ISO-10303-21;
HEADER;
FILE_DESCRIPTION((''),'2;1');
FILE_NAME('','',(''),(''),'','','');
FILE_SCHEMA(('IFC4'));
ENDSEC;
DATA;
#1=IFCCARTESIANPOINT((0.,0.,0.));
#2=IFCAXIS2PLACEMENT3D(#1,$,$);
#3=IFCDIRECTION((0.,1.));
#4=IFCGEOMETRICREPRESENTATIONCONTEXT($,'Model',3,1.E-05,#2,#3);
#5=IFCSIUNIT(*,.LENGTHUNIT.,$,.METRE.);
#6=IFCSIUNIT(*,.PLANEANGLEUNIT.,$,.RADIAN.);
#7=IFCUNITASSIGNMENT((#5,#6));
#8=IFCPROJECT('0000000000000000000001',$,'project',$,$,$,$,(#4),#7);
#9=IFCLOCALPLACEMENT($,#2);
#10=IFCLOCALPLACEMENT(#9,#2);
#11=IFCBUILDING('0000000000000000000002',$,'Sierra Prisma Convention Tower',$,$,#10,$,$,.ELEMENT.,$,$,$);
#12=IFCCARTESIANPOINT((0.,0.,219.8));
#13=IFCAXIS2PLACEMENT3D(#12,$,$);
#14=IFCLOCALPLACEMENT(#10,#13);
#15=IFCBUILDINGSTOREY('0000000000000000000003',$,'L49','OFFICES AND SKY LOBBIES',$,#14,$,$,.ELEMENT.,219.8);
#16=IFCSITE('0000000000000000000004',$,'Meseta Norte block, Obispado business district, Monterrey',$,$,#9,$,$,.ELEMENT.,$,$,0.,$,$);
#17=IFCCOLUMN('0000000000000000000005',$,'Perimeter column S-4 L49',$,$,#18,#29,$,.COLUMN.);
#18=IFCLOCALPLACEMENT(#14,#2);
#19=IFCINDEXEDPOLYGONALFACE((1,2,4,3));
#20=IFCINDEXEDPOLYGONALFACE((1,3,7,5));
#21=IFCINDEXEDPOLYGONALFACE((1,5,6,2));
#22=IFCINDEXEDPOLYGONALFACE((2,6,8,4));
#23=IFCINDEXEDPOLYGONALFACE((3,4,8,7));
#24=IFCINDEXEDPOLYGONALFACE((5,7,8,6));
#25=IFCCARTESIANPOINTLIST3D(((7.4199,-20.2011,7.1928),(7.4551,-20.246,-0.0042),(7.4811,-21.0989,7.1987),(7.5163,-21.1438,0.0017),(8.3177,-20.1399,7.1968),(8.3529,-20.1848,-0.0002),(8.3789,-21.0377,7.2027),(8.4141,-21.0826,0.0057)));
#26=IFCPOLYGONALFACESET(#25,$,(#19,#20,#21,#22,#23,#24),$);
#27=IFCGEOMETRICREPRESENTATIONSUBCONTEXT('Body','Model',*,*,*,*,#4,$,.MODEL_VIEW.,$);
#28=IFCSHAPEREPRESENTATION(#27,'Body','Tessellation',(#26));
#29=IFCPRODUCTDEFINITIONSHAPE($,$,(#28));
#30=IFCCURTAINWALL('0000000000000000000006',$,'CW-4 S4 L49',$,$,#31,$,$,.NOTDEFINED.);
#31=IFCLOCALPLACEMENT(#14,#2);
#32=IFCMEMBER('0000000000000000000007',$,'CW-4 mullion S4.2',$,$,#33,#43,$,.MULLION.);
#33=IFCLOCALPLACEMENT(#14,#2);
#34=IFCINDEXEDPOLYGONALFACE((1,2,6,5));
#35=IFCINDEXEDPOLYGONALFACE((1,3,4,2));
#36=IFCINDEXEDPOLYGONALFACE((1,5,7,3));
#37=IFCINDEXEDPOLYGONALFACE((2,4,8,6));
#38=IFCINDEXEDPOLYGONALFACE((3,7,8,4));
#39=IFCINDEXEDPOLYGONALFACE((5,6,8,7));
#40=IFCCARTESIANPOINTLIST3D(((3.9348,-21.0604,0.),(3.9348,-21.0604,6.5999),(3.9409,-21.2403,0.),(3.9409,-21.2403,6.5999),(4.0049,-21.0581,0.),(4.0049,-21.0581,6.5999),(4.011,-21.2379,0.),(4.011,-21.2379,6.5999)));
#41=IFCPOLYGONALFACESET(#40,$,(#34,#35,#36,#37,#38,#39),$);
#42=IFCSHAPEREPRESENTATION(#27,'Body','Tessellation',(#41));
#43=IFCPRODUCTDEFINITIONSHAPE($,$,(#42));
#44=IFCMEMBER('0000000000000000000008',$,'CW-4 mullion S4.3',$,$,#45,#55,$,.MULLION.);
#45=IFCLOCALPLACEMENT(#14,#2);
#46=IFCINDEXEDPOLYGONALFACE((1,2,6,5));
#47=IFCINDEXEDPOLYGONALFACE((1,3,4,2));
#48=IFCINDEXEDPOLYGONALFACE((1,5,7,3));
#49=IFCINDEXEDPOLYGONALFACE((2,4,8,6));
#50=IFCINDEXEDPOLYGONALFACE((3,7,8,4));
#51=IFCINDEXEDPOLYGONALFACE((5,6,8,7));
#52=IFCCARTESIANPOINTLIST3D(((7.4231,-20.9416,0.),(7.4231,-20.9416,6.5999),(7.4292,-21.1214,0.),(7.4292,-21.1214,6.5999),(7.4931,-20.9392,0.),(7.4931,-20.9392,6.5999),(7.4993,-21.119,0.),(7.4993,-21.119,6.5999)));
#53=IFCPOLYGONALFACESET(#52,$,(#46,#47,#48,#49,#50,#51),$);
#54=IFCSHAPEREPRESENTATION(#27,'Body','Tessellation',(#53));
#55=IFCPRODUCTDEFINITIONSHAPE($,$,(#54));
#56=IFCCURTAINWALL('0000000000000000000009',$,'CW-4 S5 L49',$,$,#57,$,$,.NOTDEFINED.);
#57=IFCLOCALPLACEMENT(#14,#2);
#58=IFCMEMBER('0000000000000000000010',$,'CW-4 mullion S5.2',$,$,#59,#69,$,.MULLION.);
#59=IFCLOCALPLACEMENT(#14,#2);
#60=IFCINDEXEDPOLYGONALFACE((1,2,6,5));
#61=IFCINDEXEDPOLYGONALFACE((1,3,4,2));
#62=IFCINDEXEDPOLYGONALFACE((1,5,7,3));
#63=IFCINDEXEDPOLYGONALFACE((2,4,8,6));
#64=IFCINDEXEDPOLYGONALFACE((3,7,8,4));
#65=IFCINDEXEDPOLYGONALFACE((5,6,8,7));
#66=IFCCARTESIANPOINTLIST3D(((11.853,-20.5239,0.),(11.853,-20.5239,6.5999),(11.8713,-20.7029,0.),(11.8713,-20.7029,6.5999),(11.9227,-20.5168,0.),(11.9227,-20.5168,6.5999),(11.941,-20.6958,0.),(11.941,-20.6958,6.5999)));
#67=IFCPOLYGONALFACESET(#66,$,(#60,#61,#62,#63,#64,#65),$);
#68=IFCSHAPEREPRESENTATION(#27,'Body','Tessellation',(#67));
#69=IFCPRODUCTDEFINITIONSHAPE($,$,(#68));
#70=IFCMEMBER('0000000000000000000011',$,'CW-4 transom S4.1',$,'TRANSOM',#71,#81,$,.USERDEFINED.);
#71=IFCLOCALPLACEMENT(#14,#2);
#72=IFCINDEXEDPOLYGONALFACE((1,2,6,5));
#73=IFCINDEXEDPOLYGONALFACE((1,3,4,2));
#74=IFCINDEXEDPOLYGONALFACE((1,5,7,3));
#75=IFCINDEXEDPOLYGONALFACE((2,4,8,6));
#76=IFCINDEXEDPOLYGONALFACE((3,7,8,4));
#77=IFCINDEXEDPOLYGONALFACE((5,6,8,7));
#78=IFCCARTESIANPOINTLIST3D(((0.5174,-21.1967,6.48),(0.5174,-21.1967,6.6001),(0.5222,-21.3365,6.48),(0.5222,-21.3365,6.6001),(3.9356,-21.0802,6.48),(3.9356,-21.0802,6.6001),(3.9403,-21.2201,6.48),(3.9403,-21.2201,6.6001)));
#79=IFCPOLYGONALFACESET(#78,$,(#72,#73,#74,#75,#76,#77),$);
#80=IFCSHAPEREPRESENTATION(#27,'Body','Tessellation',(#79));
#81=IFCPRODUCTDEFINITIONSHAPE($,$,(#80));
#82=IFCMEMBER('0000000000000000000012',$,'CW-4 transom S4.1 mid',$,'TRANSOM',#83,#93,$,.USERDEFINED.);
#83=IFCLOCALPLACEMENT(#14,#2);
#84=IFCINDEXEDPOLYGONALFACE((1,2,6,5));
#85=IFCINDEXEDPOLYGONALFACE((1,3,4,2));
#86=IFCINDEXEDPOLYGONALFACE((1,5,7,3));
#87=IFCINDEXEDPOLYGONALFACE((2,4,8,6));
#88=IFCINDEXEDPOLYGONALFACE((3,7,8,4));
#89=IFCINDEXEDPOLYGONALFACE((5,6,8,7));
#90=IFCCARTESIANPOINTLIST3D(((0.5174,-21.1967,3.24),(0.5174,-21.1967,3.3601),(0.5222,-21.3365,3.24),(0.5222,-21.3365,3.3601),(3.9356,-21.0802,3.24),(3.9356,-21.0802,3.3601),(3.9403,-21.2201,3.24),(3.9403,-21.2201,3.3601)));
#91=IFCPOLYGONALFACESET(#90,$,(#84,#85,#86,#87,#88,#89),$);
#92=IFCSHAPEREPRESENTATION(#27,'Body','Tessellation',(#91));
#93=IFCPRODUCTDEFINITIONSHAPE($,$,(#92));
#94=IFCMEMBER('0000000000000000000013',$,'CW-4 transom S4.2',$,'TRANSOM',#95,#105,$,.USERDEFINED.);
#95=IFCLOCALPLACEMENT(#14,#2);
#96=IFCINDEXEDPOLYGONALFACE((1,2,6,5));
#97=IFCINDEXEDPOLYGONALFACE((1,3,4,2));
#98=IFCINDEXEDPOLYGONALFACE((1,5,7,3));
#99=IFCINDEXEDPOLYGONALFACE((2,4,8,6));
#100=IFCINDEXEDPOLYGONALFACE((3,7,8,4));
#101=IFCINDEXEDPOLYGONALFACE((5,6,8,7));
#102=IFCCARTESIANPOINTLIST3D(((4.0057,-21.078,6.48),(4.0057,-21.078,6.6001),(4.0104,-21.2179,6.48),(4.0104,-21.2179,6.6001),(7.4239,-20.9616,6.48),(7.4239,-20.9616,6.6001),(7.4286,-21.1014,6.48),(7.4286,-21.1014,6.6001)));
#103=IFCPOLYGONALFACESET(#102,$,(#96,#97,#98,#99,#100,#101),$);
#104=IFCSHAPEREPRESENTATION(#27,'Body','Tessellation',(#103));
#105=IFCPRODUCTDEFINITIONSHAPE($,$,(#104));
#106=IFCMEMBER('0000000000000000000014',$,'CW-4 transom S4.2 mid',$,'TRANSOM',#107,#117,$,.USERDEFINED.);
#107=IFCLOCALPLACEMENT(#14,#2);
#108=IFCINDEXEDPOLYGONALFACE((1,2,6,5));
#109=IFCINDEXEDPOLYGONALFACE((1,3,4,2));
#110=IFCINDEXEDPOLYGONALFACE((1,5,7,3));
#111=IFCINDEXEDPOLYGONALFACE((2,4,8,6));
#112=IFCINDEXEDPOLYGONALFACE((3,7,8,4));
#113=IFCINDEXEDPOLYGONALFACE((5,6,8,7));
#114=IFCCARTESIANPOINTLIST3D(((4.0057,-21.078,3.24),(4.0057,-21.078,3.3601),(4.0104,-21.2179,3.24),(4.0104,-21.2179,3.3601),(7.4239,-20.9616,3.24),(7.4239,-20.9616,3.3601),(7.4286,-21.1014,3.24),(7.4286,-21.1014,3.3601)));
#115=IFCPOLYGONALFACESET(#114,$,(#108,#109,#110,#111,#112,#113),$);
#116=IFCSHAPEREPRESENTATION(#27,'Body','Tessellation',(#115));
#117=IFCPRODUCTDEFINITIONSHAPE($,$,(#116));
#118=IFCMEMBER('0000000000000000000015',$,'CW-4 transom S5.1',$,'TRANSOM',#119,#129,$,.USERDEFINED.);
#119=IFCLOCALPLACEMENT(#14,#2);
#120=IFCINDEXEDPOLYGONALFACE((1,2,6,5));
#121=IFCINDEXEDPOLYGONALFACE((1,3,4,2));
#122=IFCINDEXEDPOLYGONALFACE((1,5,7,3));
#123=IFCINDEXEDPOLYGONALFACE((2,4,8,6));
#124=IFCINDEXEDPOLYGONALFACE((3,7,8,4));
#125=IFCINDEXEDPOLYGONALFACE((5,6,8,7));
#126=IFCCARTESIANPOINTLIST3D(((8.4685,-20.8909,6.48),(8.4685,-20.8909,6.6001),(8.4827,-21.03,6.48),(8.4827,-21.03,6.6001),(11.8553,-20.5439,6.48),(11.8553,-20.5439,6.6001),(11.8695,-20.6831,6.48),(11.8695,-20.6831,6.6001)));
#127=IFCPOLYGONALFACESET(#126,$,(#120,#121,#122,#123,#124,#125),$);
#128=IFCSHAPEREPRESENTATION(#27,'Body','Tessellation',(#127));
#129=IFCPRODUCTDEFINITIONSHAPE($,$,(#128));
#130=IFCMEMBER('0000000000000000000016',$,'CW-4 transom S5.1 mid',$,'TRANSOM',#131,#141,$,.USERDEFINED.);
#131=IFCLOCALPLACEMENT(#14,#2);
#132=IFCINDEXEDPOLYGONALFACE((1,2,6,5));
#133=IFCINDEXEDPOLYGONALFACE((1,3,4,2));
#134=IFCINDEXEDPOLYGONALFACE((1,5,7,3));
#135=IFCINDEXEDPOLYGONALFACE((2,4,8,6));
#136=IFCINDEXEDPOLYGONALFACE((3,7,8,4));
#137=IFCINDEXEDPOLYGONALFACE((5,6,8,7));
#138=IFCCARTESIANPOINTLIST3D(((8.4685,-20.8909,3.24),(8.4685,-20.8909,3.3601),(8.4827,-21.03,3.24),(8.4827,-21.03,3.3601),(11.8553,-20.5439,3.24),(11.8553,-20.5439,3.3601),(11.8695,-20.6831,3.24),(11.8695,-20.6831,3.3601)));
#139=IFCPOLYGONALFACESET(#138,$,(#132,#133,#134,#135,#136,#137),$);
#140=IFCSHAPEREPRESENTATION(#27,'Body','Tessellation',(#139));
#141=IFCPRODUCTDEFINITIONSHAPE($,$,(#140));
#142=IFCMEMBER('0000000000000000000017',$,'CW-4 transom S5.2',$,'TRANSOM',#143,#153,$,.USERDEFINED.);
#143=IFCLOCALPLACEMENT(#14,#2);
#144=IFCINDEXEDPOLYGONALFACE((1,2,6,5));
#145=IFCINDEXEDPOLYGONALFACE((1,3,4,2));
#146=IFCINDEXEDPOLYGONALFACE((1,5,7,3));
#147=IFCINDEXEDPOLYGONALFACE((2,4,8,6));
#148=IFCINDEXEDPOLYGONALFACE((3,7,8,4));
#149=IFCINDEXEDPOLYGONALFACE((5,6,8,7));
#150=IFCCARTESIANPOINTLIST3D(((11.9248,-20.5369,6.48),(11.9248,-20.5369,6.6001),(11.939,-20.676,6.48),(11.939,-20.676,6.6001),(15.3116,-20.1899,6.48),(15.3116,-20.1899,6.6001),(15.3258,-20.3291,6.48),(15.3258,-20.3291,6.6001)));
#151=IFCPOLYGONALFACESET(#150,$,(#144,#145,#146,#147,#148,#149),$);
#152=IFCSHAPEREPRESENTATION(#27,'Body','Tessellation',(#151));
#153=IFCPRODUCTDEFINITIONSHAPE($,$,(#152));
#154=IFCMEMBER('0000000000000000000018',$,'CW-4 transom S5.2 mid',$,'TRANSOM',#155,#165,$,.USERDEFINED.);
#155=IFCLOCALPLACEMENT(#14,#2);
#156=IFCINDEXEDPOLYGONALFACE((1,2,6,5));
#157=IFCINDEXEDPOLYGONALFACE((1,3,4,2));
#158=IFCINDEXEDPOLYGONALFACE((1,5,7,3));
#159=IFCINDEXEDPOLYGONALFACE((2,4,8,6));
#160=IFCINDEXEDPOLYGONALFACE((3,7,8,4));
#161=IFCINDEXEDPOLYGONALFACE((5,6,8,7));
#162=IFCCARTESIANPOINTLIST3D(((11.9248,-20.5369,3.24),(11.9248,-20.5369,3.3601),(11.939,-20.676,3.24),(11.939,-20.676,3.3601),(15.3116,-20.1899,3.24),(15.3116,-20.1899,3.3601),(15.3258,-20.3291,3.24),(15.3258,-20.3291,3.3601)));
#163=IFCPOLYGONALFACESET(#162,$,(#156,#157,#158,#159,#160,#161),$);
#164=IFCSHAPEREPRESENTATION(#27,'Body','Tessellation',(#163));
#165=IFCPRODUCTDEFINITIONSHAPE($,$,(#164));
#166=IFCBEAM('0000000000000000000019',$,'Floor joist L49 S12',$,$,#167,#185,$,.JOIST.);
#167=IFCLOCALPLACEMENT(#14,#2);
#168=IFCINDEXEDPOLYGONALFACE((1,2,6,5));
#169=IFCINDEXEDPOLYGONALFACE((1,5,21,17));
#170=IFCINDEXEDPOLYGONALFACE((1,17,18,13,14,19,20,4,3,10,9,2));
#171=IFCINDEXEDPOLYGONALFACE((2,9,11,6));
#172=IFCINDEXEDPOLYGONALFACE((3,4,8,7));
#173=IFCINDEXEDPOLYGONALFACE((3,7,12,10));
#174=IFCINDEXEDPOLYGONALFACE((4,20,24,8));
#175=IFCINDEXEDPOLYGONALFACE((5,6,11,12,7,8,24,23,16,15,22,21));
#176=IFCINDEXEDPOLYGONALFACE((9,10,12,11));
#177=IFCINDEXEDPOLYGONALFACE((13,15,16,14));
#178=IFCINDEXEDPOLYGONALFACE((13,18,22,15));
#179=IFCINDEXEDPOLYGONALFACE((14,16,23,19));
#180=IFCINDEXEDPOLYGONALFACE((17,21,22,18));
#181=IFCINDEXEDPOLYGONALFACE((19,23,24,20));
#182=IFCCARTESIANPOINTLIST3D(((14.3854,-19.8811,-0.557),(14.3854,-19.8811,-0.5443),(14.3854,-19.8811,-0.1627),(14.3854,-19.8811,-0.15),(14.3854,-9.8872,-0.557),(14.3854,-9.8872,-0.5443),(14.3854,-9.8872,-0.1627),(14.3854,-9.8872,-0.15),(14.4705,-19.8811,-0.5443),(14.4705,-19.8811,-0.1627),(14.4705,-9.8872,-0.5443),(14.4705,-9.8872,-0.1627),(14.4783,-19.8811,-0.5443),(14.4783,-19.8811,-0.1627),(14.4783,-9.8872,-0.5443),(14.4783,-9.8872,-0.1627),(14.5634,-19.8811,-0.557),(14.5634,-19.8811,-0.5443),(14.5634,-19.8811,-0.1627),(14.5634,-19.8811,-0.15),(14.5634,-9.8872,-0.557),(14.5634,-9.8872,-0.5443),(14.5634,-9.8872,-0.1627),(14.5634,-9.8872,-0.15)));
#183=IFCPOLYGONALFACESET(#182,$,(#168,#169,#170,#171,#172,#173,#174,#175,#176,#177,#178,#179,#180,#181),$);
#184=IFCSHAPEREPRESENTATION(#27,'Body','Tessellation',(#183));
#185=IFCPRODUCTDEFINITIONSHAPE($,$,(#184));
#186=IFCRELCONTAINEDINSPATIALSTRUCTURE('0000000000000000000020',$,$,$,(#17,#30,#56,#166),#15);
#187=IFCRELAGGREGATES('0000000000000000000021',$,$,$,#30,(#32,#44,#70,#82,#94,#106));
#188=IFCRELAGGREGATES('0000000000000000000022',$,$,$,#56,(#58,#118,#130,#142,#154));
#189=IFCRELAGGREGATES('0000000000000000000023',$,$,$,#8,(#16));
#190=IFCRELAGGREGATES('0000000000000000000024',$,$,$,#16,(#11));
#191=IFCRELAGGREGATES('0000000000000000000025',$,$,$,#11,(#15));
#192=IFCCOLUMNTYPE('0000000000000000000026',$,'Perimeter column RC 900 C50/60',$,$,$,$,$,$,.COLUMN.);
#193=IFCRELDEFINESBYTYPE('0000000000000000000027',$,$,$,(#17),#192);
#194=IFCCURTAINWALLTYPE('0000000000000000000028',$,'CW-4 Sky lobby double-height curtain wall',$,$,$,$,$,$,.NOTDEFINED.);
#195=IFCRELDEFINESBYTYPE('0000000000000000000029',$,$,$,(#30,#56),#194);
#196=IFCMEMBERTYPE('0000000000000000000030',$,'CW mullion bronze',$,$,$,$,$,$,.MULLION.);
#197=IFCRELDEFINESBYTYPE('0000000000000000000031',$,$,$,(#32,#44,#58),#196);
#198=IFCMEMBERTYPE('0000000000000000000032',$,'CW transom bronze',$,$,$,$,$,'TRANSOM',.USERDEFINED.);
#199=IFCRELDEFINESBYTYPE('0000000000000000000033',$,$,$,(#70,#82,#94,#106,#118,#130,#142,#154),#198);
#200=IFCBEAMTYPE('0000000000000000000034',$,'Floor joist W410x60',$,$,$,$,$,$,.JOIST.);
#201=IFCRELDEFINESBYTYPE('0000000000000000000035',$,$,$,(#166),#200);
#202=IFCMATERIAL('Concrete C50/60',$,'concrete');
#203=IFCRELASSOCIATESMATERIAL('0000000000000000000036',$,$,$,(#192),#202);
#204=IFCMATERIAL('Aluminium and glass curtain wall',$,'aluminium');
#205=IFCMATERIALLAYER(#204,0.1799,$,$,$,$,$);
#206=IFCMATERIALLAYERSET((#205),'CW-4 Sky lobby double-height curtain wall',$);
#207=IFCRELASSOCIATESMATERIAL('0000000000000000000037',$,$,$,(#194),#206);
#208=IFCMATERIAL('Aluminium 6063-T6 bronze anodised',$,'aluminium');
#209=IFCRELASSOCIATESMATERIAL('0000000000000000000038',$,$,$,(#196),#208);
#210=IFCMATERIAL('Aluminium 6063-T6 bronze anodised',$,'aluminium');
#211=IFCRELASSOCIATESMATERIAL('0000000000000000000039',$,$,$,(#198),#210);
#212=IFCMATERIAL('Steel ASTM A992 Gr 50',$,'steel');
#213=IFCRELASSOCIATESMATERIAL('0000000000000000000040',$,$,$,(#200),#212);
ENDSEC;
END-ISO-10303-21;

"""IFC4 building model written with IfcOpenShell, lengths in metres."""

from ifc_helpers import new_model, si_unit, direction, frame, origin, origin_2d, place, context, subcontext, project, spatial, rectangle, i_section, extrude, clip, halfspace, material, layer, layer_set, material_profile, profile_set, type_object, element, aggregate, save


model = new_model("IFC4")

# Units and contexts
model_context = context("Model", 3, precision=1e-05, world=origin(), true_north=direction((0.0, 1.0)))
body_context = subcontext(model_context, "Body", "Model", "MODEL_VIEW")
ifc_project = project(units=[si_unit("LENGTHUNIT", "METRE"), si_unit("PLANEANGLEUNIT", "RADIAN")], contexts=[model_context])

# Site, building, storey
site_placement = place(None, origin())
site = spatial("IfcSite", under=ifc_project, at=site_placement, Name="Meseta Norte block, Obispado business district, Monterrey", CompositionType="ELEMENT", RefElevation=0.0)
building_placement = place(site_placement, origin())
building = spatial("IfcBuilding", under=site, at=building_placement, Name="Sierra Prisma Convention Tower", CompositionType="ELEMENT")
storey_placement = place(building_placement, frame((0.0, 0.0, 219.8)))
storey = spatial("IfcBuildingStorey", under=building, at=storey_placement, Name="L49", Description="OFFICES AND SKY LOBBIES", CompositionType="ELEMENT", Elevation=219.8)

# Column
ifc_material_1 = material(Name="Concrete C50/60", Category="concrete")
ifc_material_profile_1 = material_profile(ifc_material_1, rectangle(XDim=0.8999, YDim=0.8999, at=origin_2d()), Name="Perimeter column RC 900 C50/60")
ifc_profile_set_1 = profile_set([ifc_material_profile_1], Name="Concrete C50/60")
column_type = type_object("IfcColumnType", Name="Perimeter column RC 900 C50/60", PredefinedType="COLUMN", material=ifc_profile_set_1)
column_placement = place(storey_placement, frame((7.9346, -20.6643, 0.0), z_axis=(-0.004883, 0.006239, 0.999969), x_axis=(0.997674, 0.068023, 0.004447)))
element("IfcColumn", 1, at=column_placement, inside=storey, type_object=column_type, Name="Perimeter column S-4 L49", PredefinedType="COLUMN", context=body_context, shape_type="SweptSolid", body=[
    clip(clip(extrude(rectangle(XDim=0.8999, YDim=0.8999, at=origin_2d()), origin(), (0.0, 0.0, 1.0), 7.2002), halfspace(frame((0.0, 0.0, 0.0007)), True)), halfspace(frame((0.0, 0.0, 7.198)), False)),
])

# Curtain wall, members
ifc_material_2 = material(Name="Aluminium and glass curtain wall", Category="aluminium")
ifc_layer_1 = layer(ifc_material_2, 0.1799)
ifc_layer_set_1 = layer_set([ifc_layer_1], Name="CW-4 Sky lobby double-height curtain wall")
curtain_wall_type = type_object("IfcCurtainWallType", Name="CW-4 Sky lobby double-height curtain wall", PredefinedType="NOTDEFINED", material=ifc_layer_set_1)
curtain_wall_1_placement = place(storey_placement, origin())
curtain_wall_1 = element("IfcCurtainWall", 2, at=curtain_wall_1_placement, inside=storey, type_object=curtain_wall_type, Name="CW-4 S4 L49", PredefinedType="NOTDEFINED")
ifc_material_3 = material(Name="Aluminium 6063-T6 bronze anodised", Category="aluminium")
ifc_material_profile_2 = material_profile(ifc_material_3, rectangle(XDim=0.1799, YDim=0.0701, at=origin_2d()), Name="ALU MULLION 70x180")
ifc_profile_set_2 = profile_set([ifc_material_profile_2], Name="Aluminium 6063-T6 bronze anodised")
member_type_1 = type_object("IfcMemberType", Name="CW mullion bronze", PredefinedType="MULLION", material=ifc_profile_set_2)
member_1_placement = place(storey_placement, frame((3.9729, -21.1492, 0.0), z_axis=(0.0, 0.0, 1.0), x_axis=(-0.034017, 0.999421, 0.0)))
member_1 = element("IfcMember", 3, at=member_1_placement, type_object=member_type_1, Name="CW-4 mullion S4.2", PredefinedType="MULLION", context=body_context, shape_type="SweptSolid", body=[
    extrude(rectangle(XDim=0.1799, YDim=0.0701, at=origin_2d()), origin(), (0.0, 0.0, 1.0), 6.5999),
])
member_2_placement = place(storey_placement, frame((7.4612, -21.0303, 0.0), z_axis=(0.0, 0.0, 1.0), x_axis=(-0.034017, 0.999421, 0.0)))
member_2 = element("IfcMember", 4, at=member_2_placement, type_object=member_type_1, Name="CW-4 mullion S4.3", PredefinedType="MULLION", context=body_context, shape_type="SweptSolid", body=[
    extrude(rectangle(XDim=0.1799, YDim=0.0701, at=origin_2d()), origin(), (0.0, 0.0, 1.0), 6.5999),
])

# Curtain wall, member
curtain_wall_2_placement = place(storey_placement, origin())
curtain_wall_2 = element("IfcCurtainWall", 5, at=curtain_wall_2_placement, inside=storey, type_object=curtain_wall_type, Name="CW-4 S5 L49", PredefinedType="NOTDEFINED")
member_3_placement = place(storey_placement, frame((11.897, -20.6099, 0.0), z_axis=(0.0, 0.0, 1.0), x_axis=(-0.101893, 0.994795, 0.0)))
member_3 = element("IfcMember", 6, at=member_3_placement, type_object=member_type_1, Name="CW-4 mullion S5.2", PredefinedType="MULLION", context=body_context, shape_type="SweptSolid", body=[
    extrude(rectangle(XDim=0.1799, YDim=0.0701, at=origin_2d()), origin(), (0.0, 0.0, 1.0), 6.5999),
])

# Members
ifc_material_4 = material(Name="Aluminium 6063-T6 bronze anodised", Category="aluminium")
ifc_material_profile_3 = material_profile(ifc_material_4, rectangle(XDim=0.1399, YDim=0.1201, at=origin_2d()), Name="ALU TRANSOM 120x140")
ifc_profile_set_3 = profile_set([ifc_material_profile_3], Name="Aluminium 6063-T6 bronze anodised")
member_type_2 = type_object("IfcMemberType", Name="CW transom bronze", ElementType="TRANSOM", PredefinedType="USERDEFINED", material=ifc_profile_set_3)
member_4_placement = place(storey_placement, frame((0.5198, -21.2666, 6.54), z_axis=(0.99942, 0.034049, 0.0), x_axis=(-0.034049, 0.99942, 0.0)))
member_4 = element("IfcMember", 7, at=member_4_placement, type_object=member_type_2, Name="CW-4 transom S4.1", ObjectType="TRANSOM", PredefinedType="USERDEFINED", context=body_context, shape_type="SweptSolid", body=[
    extrude(rectangle(XDim=0.1399, YDim=0.1201, at=origin_2d()), origin(), (0.0, 0.0, 1.0), 3.4202),
])
member_5_placement = place(storey_placement, frame((0.5198, -21.2666, 3.3), z_axis=(0.99942, 0.034049, 0.0), x_axis=(-0.034049, 0.99942, 0.0)))
member_5 = element("IfcMember", 8, at=member_5_placement, type_object=member_type_2, Name="CW-4 transom S4.1 mid", ObjectType="TRANSOM", PredefinedType="USERDEFINED", context=body_context, shape_type="SweptSolid", body=[
    extrude(rectangle(XDim=0.1399, YDim=0.1201, at=origin_2d()), origin(), (0.0, 0.0, 1.0), 3.4202),
])
member_6_placement = place(storey_placement, frame((4.0081, -21.1479, 6.54), z_axis=(0.99942, 0.034049, 0.0), x_axis=(-0.034049, 0.99942, 0.0)))
member_6 = element("IfcMember", 9, at=member_6_placement, type_object=member_type_2, Name="CW-4 transom S4.2", ObjectType="TRANSOM", PredefinedType="USERDEFINED", context=body_context, shape_type="SweptSolid", body=[
    extrude(rectangle(XDim=0.1399, YDim=0.1201, at=origin_2d()), origin(), (0.0, 0.0, 1.0), 3.4202),
])
member_7_placement = place(storey_placement, frame((4.0081, -21.1479, 3.3), z_axis=(0.99942, 0.034049, 0.0), x_axis=(-0.034049, 0.99942, 0.0)))
member_7 = element("IfcMember", 10, at=member_7_placement, type_object=member_type_2, Name="CW-4 transom S4.2 mid", ObjectType="TRANSOM", PredefinedType="USERDEFINED", context=body_context, shape_type="SweptSolid", body=[
    extrude(rectangle(XDim=0.1399, YDim=0.1201, at=origin_2d()), origin(), (0.0, 0.0, 1.0), 3.4202),
])
member_8_placement = place(storey_placement, frame((8.4756, -20.9604, 6.54), z_axis=(0.994794, 0.101903, 0.0), x_axis=(-0.101903, 0.994794, 0.0)))
member_8 = element("IfcMember", 11, at=member_8_placement, type_object=member_type_2, Name="CW-4 transom S5.1", ObjectType="TRANSOM", PredefinedType="USERDEFINED", context=body_context, shape_type="SweptSolid", body=[
    extrude(rectangle(XDim=0.1399, YDim=0.1201, at=origin_2d()), origin(), (0.0, 0.0, 1.0), 3.4045),
])
member_9_placement = place(storey_placement, frame((8.4756, -20.9604, 3.3), z_axis=(0.994794, 0.101903, 0.0), x_axis=(-0.101903, 0.994794, 0.0)))
member_9 = element("IfcMember", 12, at=member_9_placement, type_object=member_type_2, Name="CW-4 transom S5.1 mid", ObjectType="TRANSOM", PredefinedType="USERDEFINED", context=body_context, shape_type="SweptSolid", body=[
    extrude(rectangle(XDim=0.1399, YDim=0.1201, at=origin_2d()), origin(), (0.0, 0.0, 1.0), 3.4045),
])
member_10_placement = place(storey_placement, frame((11.9319, -20.6064, 6.54), z_axis=(0.994794, 0.101903, 0.0), x_axis=(-0.101903, 0.994794, 0.0)))
member_10 = element("IfcMember", 13, at=member_10_placement, type_object=member_type_2, Name="CW-4 transom S5.2", ObjectType="TRANSOM", PredefinedType="USERDEFINED", context=body_context, shape_type="SweptSolid", body=[
    extrude(rectangle(XDim=0.1399, YDim=0.1201, at=origin_2d()), origin(), (0.0, 0.0, 1.0), 3.4045),
])
member_11_placement = place(storey_placement, frame((11.9319, -20.6064, 3.3), z_axis=(0.994794, 0.101903, 0.0), x_axis=(-0.101903, 0.994794, 0.0)))
member_11 = element("IfcMember", 14, at=member_11_placement, type_object=member_type_2, Name="CW-4 transom S5.2 mid", ObjectType="TRANSOM", PredefinedType="USERDEFINED", context=body_context, shape_type="SweptSolid", body=[
    extrude(rectangle(XDim=0.1399, YDim=0.1201, at=origin_2d()), origin(), (0.0, 0.0, 1.0), 3.4045),
])

# Beam
ifc_material_5 = material(Name="Steel ASTM A992 Gr 50", Category="steel")
ifc_material_profile_4 = material_profile(ifc_material_5, i_section(OverallWidth=0.178, OverallDepth=0.407, WebThickness=0.0078, FlangeThickness=0.0127, at=origin_2d()), Name="W410x60")
ifc_profile_set_4 = profile_set([ifc_material_profile_4], Name="Steel ASTM A992 Gr 50")
beam_type_1 = type_object("IfcBeamType", Name="Floor joist W410x60", PredefinedType="JOIST", material=ifc_profile_set_4)
beam_1_placement = place(storey_placement, frame((14.4744, -19.8811, -0.3535), z_axis=(0.0, 1.0, 0.0), x_axis=(-1.0, 0.0, 0.0)))
element("IfcBeam", 15, at=beam_1_placement, inside=storey, type_object=beam_type_1, Name="Floor joist L49 S12", PredefinedType="JOIST", context=body_context, shape_type="SweptSolid", body=[
    extrude(i_section(OverallWidth=0.178, OverallDepth=0.407, WebThickness=0.0078, FlangeThickness=0.0127, at=origin_2d()), origin(), (0.0, 0.0, 1.0), 9.9939),
])

aggregate(curtain_wall_1, [member_1, member_2, member_4, member_5, member_6, member_7])
aggregate(curtain_wall_2, [member_3, member_8, member_9, member_10, member_11])

save(model, "model.ifc")
